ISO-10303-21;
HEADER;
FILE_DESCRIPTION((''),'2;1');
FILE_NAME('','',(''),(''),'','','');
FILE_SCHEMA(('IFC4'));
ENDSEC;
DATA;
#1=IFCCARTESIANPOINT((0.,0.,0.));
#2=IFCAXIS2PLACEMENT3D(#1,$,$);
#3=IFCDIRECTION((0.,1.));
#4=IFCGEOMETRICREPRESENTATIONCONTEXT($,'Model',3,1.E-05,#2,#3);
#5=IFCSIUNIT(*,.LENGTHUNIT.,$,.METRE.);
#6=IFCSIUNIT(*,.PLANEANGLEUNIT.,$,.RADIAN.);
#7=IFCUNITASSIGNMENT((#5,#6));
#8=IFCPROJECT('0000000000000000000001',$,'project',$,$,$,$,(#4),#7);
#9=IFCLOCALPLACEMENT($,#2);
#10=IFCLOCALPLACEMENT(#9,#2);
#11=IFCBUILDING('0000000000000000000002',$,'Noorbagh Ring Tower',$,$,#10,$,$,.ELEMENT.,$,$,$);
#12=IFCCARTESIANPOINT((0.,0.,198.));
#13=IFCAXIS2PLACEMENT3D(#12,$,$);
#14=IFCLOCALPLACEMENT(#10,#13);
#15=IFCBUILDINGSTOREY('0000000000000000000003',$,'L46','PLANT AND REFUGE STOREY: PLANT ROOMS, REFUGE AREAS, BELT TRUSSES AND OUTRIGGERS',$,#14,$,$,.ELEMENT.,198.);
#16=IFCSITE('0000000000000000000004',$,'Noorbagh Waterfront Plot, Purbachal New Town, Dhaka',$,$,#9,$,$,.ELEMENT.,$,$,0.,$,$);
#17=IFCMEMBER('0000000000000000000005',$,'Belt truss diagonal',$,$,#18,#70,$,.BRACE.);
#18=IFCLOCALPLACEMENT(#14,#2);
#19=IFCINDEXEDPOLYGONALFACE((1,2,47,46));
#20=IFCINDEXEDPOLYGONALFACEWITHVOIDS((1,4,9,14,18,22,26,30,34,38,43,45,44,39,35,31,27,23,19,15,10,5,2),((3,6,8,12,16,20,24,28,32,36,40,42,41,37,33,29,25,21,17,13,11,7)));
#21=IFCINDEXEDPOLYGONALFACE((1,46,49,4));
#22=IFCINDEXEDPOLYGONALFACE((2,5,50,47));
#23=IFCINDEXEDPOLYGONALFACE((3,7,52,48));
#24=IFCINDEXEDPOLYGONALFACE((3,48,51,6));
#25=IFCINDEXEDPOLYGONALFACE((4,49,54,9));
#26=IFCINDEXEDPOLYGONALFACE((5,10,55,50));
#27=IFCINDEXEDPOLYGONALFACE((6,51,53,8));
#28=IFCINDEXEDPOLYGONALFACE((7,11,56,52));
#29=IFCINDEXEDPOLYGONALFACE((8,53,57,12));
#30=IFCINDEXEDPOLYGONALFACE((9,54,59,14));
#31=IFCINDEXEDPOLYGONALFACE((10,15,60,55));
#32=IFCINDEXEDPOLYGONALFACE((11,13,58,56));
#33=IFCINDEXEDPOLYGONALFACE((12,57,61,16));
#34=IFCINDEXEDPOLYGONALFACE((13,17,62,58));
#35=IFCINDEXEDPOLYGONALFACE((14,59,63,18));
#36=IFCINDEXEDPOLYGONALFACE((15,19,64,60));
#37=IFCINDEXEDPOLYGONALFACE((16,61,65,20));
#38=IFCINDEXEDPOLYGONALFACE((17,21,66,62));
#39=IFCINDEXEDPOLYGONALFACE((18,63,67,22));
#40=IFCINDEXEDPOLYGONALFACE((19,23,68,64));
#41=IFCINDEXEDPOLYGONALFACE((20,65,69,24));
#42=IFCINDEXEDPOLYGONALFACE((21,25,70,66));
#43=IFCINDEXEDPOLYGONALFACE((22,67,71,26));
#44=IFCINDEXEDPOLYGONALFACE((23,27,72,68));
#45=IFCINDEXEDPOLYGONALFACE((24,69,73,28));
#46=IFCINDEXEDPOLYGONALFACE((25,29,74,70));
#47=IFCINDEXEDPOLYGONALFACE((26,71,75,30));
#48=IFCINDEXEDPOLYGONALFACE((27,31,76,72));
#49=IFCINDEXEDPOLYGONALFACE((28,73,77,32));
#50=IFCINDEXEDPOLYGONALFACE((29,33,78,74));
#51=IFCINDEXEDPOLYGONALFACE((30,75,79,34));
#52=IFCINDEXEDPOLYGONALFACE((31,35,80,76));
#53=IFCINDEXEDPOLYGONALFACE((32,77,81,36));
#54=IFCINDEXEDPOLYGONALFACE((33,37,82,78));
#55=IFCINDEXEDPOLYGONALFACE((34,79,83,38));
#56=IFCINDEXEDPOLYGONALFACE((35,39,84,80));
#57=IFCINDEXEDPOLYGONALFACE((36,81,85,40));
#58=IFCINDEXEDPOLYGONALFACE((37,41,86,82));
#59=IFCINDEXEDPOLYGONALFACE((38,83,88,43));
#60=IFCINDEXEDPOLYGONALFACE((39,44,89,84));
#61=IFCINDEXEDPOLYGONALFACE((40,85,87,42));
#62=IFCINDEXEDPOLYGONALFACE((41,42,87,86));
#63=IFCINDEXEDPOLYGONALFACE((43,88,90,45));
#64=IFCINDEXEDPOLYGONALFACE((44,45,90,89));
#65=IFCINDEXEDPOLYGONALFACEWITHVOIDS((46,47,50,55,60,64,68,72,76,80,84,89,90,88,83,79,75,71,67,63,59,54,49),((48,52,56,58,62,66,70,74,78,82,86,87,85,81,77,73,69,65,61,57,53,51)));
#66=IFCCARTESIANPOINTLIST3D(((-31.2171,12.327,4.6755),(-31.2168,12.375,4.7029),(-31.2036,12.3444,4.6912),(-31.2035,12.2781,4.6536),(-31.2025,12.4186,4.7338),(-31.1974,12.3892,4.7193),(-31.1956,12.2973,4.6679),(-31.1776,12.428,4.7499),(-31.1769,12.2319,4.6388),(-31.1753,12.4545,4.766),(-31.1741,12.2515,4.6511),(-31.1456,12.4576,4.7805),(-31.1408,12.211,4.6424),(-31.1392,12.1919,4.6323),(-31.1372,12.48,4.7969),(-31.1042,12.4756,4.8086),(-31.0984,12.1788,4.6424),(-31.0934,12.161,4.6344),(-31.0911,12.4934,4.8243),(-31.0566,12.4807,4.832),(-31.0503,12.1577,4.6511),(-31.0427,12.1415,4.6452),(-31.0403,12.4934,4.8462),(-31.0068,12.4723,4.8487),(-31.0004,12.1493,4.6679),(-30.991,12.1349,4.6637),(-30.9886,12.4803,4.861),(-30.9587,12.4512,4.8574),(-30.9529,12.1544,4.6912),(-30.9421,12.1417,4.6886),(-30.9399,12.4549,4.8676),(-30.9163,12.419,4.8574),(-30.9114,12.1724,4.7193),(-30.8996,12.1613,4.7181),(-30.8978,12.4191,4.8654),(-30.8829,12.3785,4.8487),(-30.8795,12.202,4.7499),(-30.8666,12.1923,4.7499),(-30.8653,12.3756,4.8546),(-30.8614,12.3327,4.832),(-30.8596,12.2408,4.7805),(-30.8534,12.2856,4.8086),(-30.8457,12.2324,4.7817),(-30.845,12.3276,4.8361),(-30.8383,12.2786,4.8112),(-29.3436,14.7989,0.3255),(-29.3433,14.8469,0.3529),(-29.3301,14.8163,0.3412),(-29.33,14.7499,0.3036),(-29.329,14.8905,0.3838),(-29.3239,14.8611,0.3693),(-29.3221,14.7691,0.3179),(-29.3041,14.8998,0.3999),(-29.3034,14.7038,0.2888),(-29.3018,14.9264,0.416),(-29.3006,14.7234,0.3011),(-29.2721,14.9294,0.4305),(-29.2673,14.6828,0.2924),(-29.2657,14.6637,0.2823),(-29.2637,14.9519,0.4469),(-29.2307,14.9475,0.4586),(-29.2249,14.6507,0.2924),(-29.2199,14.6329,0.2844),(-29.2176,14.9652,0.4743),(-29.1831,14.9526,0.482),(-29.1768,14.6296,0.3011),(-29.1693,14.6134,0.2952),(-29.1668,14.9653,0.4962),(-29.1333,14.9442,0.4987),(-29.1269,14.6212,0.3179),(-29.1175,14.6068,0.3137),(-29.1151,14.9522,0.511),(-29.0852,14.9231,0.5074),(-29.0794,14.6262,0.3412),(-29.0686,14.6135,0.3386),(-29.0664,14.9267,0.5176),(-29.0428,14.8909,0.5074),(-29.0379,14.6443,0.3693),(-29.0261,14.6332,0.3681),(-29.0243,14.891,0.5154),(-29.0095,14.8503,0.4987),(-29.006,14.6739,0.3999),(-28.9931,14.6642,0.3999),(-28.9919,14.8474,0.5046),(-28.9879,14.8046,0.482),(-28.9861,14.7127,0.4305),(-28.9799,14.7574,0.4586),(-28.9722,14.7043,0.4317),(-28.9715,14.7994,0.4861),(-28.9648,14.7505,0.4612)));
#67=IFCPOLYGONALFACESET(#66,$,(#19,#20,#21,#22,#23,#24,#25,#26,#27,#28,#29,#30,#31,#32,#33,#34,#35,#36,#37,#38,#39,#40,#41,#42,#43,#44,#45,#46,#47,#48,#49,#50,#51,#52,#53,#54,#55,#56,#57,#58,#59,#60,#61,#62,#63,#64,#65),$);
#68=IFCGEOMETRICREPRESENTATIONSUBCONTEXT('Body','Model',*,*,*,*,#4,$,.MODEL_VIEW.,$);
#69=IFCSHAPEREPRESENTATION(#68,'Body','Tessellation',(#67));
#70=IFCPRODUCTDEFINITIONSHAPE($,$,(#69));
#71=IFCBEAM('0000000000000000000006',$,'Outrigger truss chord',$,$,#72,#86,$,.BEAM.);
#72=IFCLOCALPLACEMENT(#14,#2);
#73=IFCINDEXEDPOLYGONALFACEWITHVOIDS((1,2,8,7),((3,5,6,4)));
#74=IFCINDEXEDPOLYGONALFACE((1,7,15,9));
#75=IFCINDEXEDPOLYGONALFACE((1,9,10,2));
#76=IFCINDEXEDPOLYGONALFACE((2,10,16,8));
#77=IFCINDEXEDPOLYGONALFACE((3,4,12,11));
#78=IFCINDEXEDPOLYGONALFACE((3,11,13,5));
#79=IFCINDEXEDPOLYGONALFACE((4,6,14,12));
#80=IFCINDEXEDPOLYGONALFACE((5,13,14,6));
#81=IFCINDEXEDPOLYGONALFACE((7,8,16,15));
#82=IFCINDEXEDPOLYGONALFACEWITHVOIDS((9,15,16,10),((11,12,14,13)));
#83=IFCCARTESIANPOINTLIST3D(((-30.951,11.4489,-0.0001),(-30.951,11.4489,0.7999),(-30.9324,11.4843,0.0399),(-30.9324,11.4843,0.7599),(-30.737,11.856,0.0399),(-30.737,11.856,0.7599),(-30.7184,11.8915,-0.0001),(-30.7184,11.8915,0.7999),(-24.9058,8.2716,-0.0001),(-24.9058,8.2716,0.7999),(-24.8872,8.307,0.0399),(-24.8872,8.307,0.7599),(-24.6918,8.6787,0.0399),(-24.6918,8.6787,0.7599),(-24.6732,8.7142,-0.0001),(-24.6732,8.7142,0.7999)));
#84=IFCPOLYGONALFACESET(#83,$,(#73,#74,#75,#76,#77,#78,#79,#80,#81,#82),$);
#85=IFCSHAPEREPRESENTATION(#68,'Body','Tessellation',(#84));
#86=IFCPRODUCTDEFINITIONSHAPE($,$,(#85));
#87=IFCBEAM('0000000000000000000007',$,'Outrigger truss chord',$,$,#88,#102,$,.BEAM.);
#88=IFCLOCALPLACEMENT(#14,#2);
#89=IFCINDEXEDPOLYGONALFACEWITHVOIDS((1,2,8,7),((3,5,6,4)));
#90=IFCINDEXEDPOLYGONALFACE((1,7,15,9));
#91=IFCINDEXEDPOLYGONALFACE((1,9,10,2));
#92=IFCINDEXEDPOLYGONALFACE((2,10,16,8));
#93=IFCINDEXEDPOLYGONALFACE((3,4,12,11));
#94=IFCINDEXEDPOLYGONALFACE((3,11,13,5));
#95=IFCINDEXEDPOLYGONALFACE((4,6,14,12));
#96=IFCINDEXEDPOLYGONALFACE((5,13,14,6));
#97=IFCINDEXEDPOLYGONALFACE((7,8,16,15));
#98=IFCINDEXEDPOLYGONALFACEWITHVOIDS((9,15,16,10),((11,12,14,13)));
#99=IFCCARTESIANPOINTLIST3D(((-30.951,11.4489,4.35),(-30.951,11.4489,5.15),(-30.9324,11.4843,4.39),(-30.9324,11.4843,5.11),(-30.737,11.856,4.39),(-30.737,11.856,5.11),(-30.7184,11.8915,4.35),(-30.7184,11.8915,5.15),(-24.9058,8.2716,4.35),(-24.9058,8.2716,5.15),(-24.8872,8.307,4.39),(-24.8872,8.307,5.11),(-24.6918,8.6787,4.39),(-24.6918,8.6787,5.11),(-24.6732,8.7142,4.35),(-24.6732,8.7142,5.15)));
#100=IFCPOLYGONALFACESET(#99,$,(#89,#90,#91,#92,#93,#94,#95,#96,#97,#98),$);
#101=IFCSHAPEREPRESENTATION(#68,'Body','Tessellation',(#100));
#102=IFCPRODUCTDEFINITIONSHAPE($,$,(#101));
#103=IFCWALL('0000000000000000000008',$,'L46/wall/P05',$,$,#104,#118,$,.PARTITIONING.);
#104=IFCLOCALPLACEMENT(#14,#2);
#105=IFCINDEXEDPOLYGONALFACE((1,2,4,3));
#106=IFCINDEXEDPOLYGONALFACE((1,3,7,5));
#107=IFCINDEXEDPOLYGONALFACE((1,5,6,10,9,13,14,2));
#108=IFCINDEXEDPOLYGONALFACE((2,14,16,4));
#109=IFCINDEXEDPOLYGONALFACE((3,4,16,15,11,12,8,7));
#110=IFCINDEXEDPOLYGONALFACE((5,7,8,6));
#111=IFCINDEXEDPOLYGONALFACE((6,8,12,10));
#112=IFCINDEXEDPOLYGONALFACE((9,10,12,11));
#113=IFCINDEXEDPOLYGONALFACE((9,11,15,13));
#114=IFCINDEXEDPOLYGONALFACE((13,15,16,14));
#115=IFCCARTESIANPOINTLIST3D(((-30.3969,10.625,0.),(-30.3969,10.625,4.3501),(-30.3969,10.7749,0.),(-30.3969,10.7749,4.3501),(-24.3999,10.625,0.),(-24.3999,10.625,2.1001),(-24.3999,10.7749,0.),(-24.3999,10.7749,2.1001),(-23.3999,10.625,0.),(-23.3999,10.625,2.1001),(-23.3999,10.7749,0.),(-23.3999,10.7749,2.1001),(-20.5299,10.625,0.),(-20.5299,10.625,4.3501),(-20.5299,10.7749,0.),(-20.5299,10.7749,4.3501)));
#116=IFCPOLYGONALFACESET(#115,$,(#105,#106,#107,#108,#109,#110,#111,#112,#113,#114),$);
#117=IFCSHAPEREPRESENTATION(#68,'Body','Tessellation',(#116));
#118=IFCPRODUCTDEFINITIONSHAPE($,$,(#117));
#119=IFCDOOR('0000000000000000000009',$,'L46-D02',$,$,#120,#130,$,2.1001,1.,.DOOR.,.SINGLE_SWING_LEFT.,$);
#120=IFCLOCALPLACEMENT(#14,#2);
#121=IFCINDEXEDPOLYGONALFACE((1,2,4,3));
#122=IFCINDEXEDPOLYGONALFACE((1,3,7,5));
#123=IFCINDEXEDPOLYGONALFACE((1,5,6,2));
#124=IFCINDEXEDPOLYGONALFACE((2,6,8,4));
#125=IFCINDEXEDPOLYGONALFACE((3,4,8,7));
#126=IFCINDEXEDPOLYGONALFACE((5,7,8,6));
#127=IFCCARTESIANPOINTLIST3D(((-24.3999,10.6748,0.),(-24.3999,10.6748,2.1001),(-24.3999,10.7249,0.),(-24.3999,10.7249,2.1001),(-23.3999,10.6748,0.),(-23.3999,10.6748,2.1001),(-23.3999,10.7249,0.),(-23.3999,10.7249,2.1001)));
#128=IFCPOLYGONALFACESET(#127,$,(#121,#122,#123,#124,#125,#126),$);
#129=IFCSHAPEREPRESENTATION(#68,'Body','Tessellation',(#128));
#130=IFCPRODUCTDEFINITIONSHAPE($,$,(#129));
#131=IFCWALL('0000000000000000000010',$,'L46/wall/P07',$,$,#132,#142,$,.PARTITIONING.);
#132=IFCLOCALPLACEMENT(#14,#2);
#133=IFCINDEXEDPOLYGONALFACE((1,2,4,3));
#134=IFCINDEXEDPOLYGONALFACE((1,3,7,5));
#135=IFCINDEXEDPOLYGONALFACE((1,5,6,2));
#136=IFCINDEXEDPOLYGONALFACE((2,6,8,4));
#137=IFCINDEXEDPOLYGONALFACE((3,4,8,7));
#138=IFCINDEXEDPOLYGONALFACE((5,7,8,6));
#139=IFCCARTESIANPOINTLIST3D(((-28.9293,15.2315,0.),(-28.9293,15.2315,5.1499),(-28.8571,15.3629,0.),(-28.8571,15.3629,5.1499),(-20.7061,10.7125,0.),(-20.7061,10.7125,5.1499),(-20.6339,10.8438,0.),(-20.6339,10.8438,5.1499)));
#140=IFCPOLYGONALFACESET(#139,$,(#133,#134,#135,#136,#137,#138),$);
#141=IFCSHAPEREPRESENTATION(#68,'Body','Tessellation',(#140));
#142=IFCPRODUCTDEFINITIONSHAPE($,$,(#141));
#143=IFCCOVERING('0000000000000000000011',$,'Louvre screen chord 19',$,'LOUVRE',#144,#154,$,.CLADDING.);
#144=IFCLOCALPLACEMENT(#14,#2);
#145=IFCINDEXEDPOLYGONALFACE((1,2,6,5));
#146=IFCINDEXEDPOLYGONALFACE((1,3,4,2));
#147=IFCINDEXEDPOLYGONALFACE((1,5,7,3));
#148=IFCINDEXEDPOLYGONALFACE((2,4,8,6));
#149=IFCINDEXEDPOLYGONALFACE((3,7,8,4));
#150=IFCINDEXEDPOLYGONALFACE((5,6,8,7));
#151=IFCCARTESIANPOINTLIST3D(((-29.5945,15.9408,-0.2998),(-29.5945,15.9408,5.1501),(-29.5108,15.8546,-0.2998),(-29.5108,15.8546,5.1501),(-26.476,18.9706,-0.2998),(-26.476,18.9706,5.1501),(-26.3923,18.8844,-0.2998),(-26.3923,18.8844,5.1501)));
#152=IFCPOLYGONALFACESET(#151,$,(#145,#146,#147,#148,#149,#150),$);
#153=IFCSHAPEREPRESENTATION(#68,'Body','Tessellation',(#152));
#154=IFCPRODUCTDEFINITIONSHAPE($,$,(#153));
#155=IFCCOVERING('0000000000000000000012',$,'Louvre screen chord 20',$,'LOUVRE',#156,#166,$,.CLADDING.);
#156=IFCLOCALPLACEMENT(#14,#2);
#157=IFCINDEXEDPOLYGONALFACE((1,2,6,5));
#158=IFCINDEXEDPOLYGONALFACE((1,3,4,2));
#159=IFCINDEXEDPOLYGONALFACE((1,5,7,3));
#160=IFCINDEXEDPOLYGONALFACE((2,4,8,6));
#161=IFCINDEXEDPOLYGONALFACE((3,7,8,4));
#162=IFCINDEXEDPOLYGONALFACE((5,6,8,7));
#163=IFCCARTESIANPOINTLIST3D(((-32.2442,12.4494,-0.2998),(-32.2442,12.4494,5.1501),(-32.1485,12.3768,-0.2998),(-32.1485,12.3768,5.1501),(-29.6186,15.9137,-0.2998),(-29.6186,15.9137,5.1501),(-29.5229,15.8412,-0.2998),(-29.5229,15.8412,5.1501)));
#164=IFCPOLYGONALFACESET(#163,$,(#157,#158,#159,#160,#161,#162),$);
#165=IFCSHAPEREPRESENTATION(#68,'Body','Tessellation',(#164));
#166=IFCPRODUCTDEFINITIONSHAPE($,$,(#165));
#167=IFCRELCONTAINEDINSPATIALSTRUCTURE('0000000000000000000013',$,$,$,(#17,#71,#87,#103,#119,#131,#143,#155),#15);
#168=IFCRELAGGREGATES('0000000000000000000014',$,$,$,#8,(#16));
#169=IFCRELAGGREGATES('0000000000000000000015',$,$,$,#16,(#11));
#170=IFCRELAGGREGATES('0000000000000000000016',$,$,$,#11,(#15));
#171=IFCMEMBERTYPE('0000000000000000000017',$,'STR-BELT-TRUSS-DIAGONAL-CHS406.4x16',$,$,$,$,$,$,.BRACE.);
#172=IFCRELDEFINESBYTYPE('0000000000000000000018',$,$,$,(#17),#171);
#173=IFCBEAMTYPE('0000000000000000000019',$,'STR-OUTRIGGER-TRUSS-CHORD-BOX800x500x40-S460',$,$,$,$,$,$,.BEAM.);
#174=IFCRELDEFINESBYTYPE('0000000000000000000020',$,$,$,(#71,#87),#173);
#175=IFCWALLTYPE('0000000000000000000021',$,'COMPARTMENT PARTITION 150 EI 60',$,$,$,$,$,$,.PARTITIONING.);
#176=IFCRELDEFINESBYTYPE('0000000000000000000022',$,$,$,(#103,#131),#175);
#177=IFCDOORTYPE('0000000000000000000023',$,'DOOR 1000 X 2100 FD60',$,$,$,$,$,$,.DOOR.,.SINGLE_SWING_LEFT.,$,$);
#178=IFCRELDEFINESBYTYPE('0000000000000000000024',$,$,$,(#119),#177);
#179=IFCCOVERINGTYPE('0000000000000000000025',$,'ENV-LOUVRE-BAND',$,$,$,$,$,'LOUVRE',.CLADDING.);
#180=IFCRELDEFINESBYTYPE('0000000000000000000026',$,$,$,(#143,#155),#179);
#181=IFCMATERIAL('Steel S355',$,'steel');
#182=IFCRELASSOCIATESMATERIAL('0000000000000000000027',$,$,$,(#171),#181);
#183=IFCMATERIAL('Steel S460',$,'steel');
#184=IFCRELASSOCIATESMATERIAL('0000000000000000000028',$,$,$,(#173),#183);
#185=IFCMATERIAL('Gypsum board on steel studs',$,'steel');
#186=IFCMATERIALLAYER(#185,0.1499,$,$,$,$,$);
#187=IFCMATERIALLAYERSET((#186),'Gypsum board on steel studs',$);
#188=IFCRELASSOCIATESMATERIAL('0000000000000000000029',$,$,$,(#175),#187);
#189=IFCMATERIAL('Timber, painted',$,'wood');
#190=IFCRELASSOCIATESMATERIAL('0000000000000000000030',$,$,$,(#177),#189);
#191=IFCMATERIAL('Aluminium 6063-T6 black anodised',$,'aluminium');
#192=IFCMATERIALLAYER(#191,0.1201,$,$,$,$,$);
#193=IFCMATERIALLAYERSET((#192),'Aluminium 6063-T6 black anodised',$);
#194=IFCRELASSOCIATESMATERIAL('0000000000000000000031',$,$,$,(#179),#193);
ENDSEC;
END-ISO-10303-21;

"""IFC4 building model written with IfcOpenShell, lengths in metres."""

from ifc_helpers import new_model, si_unit, direction, frame, frame_2d, origin, origin_2d, place, context, subcontext, project, spatial, rectangle, hollow_rectangle, hollow_circle, extrude, material, layer, layer_set, material_profile, profile_set, type_object, element, fill, save


model = new_model("IFC4")

# Units and contexts
model_context = context("Model", 3, precision=1e-05, world=origin(), true_north=direction((0.0, 1.0)))
body_context = subcontext(model_context, "Body", "Model", "MODEL_VIEW")
ifc_project = project(units=[si_unit("LENGTHUNIT", "METRE"), si_unit("PLANEANGLEUNIT", "RADIAN")], contexts=[model_context])

# Site, building, storey
site_placement = place(None, origin())
site = spatial("IfcSite", under=ifc_project, at=site_placement, Name="Noorbagh Waterfront Plot, Purbachal New Town, Dhaka", CompositionType="ELEMENT", RefElevation=0.0)
building_placement = place(site_placement, origin())
building = spatial("IfcBuilding", under=site, at=building_placement, Name="Noorbagh Ring Tower", CompositionType="ELEMENT")
storey_placement = place(building_placement, frame((0.0, 0.0, 198.0)))
storey = spatial("IfcBuildingStorey", under=building, at=storey_placement, Name="L46", Description="PLANT AND REFUGE STOREY: PLANT ROOMS, REFUGE AREAS, BELT TRUSSES AND OUTRIGGERS", CompositionType="ELEMENT", Elevation=198.0)

# Member
ifc_material_1 = material(Name="Steel S355", Category="steel")
ifc_material_profile_1 = material_profile(ifc_material_1, hollow_circle(Radius=0.2031, WallThickness=0.0161, at=origin_2d()), Name="CHS406.4x16")
ifc_profile_set_1 = profile_set([ifc_material_profile_1], Name="Steel S355")
member_type = type_object("IfcMemberType", Name="STR-BELT-TRUSS-DIAGONAL-CHS406.4x16", PredefinedType="BRACE", material=ifc_profile_set_1)
member_1_placement = place(storey_placement, frame((-29.155, 14.7869, 0.3999), z_axis=(-0.350675, -0.462678, 0.814221), x_axis=(0.796958, -0.604035, 0.0)))
element("IfcMember", 1, at=member_1_placement, inside=storey, type_object=member_type, Name="Belt truss diagonal", PredefinedType="BRACE", context=body_context, shape_type="SweptSolid", body=[
    extrude(hollow_circle(Radius=0.2031, WallThickness=0.0161, at=origin_2d()), origin(), (0.0, 0.0, 1.0), 5.3425),
])

# Beams
ifc_material_2 = material(Name="Steel S460", Category="steel")
ifc_material_profile_2 = material_profile(ifc_material_2, hollow_rectangle(XDim=0.5, YDim=0.8, WallThickness=0.04, at=origin_2d()), Name="BOX800x500x40")
ifc_profile_set_2 = profile_set([ifc_material_profile_2], Name="Steel S460")
beam_type_1 = type_object("IfcBeamType", Name="STR-OUTRIGGER-TRUSS-CHORD-BOX800x500x40-S460", PredefinedType="BEAM", material=ifc_profile_set_2)
for number, where, z_axis, x_axis, name in (
    (2, (-30.8347, 11.6702, 0.3999), (0.885185, -0.46524, 0.0), (0.46524, 0.885185, 0.0), "Outrigger truss chord"),
    (3, (-30.8347, 11.6702, 4.75), (0.885185, -0.46524, 0.0), (0.46524, 0.885185, 0.0), "Outrigger truss chord"),
):
    element("IfcBeam", number, at=place(storey_placement, frame(where, z_axis=z_axis, x_axis=x_axis)), inside=storey, type_object=beam_type_1, Name=name, PredefinedType="BEAM", context=body_context, shape_type="SweptSolid", body=[
        extrude(hollow_rectangle(XDim=0.5, YDim=0.8, WallThickness=0.04, at=origin_2d()), origin(), (0.0, 0.0, 1.0), 6.8293),
    ])

# Wall, opening, door
ifc_material_3 = material(Name="Gypsum board on steel studs", Category="steel")
ifc_layer_1 = layer(ifc_material_3, 0.1499)
ifc_layer_set_1 = layer_set([ifc_layer_1], Name="Gypsum board on steel studs")
wall_type = type_object("IfcWallType", Name="COMPARTMENT PARTITION 150 EI 60", PredefinedType="PARTITIONING", material=ifc_layer_set_1)
wall_1_placement = place(storey_placement, frame((-30.397, 10.7, 0.0), z_axis=(0.0, 0.0, 1.0), x_axis=(1.0, 0.0, 0.0)))
wall_1 = element("IfcWall", 4, at=wall_1_placement, inside=storey, type_object=wall_type, Name="L46/wall/P05", PredefinedType="PARTITIONING", context=body_context, shape_type="SweptSolid", body=[
    extrude(rectangle(XDim=9.8669, YDim=0.1499, at=frame_2d((4.9336, 0.0))), origin(), (0.0, 0.0, 1.0), 4.3501),
])
opening_placement = place(wall_1_placement, frame((5.9971, 0.0, 0.0)))
opening = element("IfcOpeningElement", 5, at=opening_placement, cuts=wall_1, PredefinedType="OPENING", context=body_context, shape_type="SweptSolid", body=[
    extrude(rectangle(XDim=1.0, YDim=2.1001, at=frame_2d((0.5, 1.05))), frame((0.0, 0.085, 0.0), z_axis=(0.0, -1.0, 0.0), x_axis=(1.0, 0.0, 0.0)), (0.0, 0.0, 1.0), 0.1699),
])
ifc_material_4 = material(Name="Timber, painted", Category="wood")
door_type = type_object("IfcDoorType", Name="DOOR 1000 X 2100 FD60", OperationType="SINGLE_SWING_LEFT", PredefinedType="DOOR", material=ifc_material_4)
door_placement = place(opening_placement, origin())
door = element("IfcDoor", 6, at=door_placement, inside=storey, type_object=door_type, Name="L46-D02", OperationType="SINGLE_SWING_LEFT", OverallHeight=2.1001, OverallWidth=1.0, PredefinedType="DOOR", context=body_context, shape_type="SweptSolid", body=[
    extrude(rectangle(XDim=1.0, YDim=2.1001, at=frame_2d((0.5, 1.05))), frame((0.0, 0.0249, 0.0), z_axis=(0.0, -1.0, 0.0), x_axis=(1.0, 0.0, 0.0)), (0.0, 0.0, 1.0), 0.05),
])
fill(opening, door)

# Wall
wall_2_placement = place(storey_placement, frame((-28.8931, 15.2971, 0.0), z_axis=(0.0, 0.0, 1.0), x_axis=(0.876382, -0.481617, 0.0)))
element("IfcWall", 7, at=wall_2_placement, inside=storey, type_object=wall_type, Name="L46/wall/P07", PredefinedType="PARTITIONING", context=body_context, shape_type="SweptSolid", body=[
    extrude(rectangle(XDim=9.3831, YDim=0.1499, at=frame_2d((4.6914, 0.0))), origin(), (0.0, 0.0, 1.0), 5.1499),
])

# Coverings
ifc_material_5 = material(Name="Aluminium 6063-T6 black anodised", Category="aluminium")
ifc_layer_2 = layer(ifc_material_5, 0.1201)
ifc_layer_set_2 = layer_set([ifc_layer_2], Name="Aluminium 6063-T6 black anodised")
covering_type_1 = type_object("IfcCoveringType", Name="ENV-LOUVRE-BAND", ElementType="LOUVRE", PredefinedType="CLADDING", material=ifc_layer_set_2)
covering_1_placement = place(storey_placement, frame((-27.9934, 17.4126, -0.2998), z_axis=(0.0, 0.0, 1.0), x_axis=(-0.717225, -0.696842, 0.0)))
element("IfcCovering", 8, at=covering_1_placement, inside=storey, type_object=covering_type_1, Name="Louvre screen chord 19", ObjectType="LOUVRE", PredefinedType="CLADDING", context=body_context, shape_type="SweptSolid", body=[
    extrude(rectangle(XDim=4.3479, YDim=0.1201, at=origin_2d()), origin(), (0.0, 0.0, 1.0), 5.45),
])
covering_2_placement = place(storey_placement, frame((-30.8835, 14.1453, -0.2998), z_axis=(0.0, 0.0, 1.0), x_axis=(-0.60402, -0.796969, 0.0)))
element("IfcCovering", 9, at=covering_2_placement, inside=storey, type_object=covering_type_1, Name="Louvre screen chord 20", ObjectType="LOUVRE", PredefinedType="CLADDING", context=body_context, shape_type="SweptSolid", body=[
    extrude(rectangle(XDim=4.3469, YDim=0.1201, at=origin_2d()), origin(), (0.0, 0.0, 1.0), 5.45),
])

save(model, "model.ifc")
